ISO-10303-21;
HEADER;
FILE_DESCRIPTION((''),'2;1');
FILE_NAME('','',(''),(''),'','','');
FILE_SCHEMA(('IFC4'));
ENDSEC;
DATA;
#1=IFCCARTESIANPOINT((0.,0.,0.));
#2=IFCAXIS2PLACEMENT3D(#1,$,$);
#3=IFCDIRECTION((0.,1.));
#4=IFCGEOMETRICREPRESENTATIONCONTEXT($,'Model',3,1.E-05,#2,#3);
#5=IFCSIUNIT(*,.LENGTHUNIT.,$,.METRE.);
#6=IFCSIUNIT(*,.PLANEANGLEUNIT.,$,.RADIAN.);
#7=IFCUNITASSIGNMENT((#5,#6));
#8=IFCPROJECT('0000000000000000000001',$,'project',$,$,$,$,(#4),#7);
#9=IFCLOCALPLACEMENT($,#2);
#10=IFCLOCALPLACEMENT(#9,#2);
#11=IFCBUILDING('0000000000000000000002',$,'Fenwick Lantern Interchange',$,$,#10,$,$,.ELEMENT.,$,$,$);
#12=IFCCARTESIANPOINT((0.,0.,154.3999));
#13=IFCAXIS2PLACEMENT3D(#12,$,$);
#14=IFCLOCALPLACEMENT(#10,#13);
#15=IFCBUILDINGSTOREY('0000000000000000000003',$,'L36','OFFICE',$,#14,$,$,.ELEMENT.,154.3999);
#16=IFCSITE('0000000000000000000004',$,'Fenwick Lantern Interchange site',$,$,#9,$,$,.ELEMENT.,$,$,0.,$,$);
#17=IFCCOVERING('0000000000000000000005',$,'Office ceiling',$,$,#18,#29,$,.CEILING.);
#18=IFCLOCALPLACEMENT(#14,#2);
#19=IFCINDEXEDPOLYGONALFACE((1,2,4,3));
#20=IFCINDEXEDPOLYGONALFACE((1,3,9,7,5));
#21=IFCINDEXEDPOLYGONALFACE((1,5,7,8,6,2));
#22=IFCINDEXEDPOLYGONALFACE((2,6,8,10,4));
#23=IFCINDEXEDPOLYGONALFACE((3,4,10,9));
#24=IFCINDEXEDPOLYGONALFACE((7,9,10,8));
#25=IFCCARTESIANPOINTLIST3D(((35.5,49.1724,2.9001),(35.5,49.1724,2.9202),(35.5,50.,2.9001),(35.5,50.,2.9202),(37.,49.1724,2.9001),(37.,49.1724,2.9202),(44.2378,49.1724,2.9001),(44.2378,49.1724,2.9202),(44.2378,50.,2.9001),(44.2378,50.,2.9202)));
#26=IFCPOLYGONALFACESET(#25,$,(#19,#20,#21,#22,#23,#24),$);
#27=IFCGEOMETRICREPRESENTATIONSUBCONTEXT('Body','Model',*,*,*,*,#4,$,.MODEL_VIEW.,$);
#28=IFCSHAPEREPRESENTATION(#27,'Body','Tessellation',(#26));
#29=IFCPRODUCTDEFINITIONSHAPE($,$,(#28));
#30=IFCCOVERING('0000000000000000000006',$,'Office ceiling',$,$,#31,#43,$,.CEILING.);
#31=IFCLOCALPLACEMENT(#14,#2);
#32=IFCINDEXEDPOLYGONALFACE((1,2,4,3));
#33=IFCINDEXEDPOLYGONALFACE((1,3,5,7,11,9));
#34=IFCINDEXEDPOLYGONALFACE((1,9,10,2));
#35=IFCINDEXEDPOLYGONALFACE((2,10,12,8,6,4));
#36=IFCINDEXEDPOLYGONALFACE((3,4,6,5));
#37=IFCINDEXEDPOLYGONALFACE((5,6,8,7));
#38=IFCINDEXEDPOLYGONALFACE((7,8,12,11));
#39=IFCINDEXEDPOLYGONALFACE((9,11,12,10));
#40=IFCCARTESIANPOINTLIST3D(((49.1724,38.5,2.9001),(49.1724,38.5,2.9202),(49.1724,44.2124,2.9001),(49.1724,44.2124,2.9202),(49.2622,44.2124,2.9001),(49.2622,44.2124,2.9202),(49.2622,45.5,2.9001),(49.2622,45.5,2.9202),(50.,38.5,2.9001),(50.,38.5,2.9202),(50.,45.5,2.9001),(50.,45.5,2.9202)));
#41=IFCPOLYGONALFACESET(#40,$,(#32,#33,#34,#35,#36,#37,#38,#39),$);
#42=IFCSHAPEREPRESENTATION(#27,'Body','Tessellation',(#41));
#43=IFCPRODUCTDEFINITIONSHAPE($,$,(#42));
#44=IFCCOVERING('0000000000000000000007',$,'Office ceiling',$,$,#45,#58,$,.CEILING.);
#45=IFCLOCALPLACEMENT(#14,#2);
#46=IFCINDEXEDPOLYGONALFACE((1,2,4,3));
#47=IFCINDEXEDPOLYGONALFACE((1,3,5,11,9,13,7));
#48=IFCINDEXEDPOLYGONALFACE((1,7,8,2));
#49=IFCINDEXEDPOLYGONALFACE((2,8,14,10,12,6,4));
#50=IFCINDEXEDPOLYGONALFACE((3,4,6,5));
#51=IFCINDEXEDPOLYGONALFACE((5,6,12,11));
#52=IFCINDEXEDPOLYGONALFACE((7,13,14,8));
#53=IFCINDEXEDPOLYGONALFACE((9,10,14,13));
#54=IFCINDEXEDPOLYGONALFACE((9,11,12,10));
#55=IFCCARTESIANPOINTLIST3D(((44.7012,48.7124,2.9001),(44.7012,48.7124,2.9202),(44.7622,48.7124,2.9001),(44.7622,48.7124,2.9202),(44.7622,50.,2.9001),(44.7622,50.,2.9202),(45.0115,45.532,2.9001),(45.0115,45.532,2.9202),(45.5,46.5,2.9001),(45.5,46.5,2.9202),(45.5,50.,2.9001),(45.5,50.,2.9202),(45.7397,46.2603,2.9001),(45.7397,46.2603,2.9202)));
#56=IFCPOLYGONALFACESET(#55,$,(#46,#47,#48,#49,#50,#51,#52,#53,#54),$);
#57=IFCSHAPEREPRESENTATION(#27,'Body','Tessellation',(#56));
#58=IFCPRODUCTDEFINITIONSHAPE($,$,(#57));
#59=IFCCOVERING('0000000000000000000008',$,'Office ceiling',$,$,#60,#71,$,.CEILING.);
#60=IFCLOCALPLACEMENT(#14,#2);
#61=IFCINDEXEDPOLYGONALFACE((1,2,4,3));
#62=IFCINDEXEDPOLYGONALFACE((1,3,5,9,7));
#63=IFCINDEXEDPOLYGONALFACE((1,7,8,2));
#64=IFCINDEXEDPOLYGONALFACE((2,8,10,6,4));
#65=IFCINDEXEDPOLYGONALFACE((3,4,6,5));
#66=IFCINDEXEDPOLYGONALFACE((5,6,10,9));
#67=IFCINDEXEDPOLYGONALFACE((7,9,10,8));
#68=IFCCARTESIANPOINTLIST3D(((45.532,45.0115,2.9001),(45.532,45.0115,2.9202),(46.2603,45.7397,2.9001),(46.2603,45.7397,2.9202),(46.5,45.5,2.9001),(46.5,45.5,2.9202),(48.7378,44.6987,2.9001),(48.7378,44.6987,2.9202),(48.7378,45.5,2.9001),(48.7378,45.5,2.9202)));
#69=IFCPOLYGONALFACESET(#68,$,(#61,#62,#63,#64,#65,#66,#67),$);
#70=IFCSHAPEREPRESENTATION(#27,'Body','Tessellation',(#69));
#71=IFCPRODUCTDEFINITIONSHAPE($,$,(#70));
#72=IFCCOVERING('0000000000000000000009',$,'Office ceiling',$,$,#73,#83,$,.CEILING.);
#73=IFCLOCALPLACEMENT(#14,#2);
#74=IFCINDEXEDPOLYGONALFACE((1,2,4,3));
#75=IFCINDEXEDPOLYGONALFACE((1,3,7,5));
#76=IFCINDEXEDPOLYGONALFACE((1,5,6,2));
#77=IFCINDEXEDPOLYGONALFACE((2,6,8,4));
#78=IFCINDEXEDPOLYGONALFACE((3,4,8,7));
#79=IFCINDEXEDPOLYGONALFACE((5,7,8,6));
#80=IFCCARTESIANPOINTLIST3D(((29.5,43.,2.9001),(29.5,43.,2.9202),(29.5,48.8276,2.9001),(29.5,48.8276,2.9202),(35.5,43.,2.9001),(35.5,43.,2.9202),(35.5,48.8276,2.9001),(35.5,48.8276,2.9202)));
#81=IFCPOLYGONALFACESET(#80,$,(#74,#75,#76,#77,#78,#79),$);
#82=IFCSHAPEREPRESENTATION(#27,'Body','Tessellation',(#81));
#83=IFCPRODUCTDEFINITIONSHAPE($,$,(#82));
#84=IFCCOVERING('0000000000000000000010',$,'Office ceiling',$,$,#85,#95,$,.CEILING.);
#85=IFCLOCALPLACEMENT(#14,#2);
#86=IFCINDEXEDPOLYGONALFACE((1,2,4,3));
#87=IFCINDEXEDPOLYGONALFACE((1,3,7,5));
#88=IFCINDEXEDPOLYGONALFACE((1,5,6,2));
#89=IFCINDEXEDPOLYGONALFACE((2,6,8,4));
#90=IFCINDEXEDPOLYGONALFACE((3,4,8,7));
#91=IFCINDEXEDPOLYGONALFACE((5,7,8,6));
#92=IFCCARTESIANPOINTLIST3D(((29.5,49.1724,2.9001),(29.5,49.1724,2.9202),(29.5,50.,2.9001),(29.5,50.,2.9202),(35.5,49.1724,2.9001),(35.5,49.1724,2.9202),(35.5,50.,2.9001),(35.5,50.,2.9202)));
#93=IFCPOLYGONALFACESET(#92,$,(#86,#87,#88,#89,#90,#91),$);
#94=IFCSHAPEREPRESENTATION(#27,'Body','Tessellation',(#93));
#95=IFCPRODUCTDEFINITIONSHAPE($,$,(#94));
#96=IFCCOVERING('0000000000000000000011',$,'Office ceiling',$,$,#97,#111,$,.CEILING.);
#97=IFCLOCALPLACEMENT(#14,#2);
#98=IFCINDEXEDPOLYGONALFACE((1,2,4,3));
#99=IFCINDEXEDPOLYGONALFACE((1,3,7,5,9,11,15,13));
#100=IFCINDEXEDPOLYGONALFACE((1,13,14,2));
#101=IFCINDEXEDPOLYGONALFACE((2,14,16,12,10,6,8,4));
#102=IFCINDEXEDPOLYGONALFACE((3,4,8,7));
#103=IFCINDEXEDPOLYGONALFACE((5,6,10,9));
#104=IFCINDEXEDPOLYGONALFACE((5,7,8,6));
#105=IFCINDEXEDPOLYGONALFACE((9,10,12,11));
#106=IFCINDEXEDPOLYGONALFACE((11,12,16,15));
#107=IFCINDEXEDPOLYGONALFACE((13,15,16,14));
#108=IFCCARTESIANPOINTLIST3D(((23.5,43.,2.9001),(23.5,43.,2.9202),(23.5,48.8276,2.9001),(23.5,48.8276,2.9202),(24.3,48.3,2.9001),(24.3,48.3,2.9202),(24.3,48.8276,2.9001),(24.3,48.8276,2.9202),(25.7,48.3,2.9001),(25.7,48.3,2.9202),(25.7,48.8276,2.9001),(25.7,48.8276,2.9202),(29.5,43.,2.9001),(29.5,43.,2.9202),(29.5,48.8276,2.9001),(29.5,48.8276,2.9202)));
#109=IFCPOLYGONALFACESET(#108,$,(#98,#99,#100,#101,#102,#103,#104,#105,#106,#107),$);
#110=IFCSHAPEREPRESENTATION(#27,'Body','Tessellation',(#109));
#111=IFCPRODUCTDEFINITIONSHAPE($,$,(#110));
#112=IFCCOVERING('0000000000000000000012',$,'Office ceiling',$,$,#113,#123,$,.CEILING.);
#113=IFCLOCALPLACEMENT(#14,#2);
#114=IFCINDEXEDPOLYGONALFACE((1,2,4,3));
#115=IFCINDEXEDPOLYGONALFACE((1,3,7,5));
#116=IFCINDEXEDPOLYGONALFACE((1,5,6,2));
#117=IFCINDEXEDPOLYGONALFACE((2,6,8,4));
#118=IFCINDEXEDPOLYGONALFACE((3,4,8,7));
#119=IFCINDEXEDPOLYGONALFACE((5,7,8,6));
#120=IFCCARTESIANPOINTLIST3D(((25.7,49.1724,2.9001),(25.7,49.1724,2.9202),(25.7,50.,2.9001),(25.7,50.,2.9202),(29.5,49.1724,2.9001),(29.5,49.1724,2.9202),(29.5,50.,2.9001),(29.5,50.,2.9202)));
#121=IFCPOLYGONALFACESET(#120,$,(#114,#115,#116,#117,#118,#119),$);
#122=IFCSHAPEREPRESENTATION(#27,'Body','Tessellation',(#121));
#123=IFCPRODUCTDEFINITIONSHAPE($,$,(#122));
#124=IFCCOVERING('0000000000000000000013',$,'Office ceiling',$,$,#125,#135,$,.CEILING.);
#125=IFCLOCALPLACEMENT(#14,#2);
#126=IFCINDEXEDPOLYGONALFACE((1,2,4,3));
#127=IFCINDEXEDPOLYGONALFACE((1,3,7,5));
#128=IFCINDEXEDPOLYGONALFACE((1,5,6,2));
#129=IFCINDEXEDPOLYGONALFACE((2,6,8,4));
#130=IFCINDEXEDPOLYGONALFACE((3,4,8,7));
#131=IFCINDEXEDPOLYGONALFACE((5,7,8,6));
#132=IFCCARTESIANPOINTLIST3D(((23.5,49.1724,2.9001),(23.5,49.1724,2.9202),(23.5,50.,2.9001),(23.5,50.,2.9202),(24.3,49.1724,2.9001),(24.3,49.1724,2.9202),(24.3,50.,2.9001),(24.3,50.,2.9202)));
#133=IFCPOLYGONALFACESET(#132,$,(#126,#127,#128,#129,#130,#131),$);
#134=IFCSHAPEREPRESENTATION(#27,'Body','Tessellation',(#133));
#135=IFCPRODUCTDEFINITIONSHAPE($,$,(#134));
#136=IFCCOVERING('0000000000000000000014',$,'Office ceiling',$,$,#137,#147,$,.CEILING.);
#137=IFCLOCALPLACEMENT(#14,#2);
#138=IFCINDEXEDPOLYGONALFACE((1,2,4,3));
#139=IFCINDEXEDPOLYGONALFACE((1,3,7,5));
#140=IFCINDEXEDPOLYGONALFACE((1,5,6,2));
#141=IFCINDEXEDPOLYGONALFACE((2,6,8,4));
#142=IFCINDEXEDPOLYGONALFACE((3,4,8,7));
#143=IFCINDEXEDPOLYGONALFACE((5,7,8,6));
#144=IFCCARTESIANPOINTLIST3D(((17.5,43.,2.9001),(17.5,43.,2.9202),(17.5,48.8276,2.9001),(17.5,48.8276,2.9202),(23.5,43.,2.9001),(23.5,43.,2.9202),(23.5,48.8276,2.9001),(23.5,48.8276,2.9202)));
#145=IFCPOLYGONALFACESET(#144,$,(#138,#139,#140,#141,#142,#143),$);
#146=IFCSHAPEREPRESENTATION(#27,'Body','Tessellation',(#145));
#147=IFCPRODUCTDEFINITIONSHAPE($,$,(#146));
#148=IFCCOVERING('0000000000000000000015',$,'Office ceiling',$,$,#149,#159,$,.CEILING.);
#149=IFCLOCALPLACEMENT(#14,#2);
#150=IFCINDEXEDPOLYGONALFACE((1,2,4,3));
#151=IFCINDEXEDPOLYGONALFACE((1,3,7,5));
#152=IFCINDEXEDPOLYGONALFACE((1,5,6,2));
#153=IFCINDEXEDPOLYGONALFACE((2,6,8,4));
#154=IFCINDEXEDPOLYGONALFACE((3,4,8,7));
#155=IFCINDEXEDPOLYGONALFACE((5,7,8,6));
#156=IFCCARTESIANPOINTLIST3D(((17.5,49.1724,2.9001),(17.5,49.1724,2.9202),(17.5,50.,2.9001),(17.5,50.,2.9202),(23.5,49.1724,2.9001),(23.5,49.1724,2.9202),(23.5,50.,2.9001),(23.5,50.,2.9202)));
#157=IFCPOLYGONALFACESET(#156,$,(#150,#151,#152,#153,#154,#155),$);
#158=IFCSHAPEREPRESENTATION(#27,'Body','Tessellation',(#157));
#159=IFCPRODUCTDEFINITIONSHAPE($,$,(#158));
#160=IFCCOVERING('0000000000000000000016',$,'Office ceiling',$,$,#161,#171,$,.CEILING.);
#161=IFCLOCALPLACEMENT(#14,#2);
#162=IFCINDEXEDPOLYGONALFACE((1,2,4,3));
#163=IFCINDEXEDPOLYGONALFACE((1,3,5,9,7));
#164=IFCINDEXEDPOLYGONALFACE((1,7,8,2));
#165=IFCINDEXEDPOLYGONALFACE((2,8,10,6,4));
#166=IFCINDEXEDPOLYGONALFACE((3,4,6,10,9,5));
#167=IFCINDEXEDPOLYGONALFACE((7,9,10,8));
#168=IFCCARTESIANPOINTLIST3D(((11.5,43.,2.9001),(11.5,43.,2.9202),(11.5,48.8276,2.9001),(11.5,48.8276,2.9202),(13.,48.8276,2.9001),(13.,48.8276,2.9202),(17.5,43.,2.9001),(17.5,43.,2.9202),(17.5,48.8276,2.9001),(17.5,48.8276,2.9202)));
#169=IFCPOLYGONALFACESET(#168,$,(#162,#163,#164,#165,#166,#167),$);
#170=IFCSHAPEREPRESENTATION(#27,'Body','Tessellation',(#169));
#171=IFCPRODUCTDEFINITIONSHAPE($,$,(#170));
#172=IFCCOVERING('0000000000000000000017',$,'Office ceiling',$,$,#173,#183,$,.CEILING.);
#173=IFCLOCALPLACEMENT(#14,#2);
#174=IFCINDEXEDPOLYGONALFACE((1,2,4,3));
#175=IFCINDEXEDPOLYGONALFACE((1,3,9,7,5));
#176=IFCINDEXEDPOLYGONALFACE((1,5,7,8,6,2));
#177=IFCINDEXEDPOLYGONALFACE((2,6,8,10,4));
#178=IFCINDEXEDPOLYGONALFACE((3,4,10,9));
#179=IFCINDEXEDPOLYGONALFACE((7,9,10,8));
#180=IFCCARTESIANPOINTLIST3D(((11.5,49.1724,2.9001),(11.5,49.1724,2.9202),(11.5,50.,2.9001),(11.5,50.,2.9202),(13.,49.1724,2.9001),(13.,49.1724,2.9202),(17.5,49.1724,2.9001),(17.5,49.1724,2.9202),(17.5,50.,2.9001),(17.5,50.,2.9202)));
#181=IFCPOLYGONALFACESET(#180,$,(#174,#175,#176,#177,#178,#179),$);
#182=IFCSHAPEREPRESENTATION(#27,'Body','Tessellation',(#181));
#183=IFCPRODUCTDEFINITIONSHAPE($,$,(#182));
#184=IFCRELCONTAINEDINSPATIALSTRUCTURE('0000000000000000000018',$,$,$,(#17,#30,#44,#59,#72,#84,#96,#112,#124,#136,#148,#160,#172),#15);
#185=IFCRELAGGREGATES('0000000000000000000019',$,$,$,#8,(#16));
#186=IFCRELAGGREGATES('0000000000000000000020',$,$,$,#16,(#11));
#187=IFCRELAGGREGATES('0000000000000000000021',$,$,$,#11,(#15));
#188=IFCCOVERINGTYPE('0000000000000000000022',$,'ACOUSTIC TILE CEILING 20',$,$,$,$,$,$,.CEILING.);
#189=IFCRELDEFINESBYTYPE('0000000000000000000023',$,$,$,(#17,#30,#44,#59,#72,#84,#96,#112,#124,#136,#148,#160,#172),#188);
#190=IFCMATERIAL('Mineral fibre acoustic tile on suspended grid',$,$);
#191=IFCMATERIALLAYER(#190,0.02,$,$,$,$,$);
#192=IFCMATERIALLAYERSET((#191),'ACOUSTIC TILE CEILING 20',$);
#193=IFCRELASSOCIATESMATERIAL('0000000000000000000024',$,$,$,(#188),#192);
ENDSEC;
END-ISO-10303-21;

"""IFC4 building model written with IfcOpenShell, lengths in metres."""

from ifc_helpers import new_model, si_unit, direction, frame, origin, place, context, subcontext, project, spatial, polyline, outline, extrude, material, layer, layer_set, type_object, element, save


model = new_model("IFC4")

# Units and contexts
model_context = context("Model", 3, precision=1e-05, world=origin(), true_north=direction((0.0, 1.0)))
body_context = subcontext(model_context, "Body", "Model", "MODEL_VIEW")
ifc_project = project(units=[si_unit("LENGTHUNIT", "METRE"), si_unit("PLANEANGLEUNIT", "RADIAN")], contexts=[model_context])

# Site, building, storey
site_placement = place(None, origin())
site = spatial("IfcSite", under=ifc_project, at=site_placement, Name="Fenwick Lantern Interchange site", CompositionType="ELEMENT", RefElevation=0.0)
building_placement = place(site_placement, origin())
building = spatial("IfcBuilding", under=site, at=building_placement, Name="Fenwick Lantern Interchange", CompositionType="ELEMENT")
storey_placement = place(building_placement, frame((0.0, 0.0, 154.3999)))
storey = spatial("IfcBuildingStorey", under=building, at=storey_placement, Name="L36", Description="OFFICE", CompositionType="ELEMENT", Elevation=154.3999)

# Coverings
ifc_material = material(Name="Mineral fibre acoustic tile on suspended grid")
ifc_layer = layer(ifc_material, 0.02)
ifc_layer_set = layer_set([ifc_layer], Name="ACOUSTIC TILE CEILING 20")
covering_type = type_object("IfcCoveringType", Name="ACOUSTIC TILE CEILING 20", PredefinedType="CEILING", material=ifc_layer_set)
covering_1_placement = place(storey_placement, frame((0.0, 0.0, 2.9001)))
element("IfcCovering", 1, at=covering_1_placement, inside=storey, type_object=covering_type, Name="Office ceiling", PredefinedType="CEILING", context=body_context, shape_type="SweptSolid", body=[
    extrude(outline(polyline([(35.5, 50.0), (35.5, 49.1724), (37.0, 49.1724), (44.2378, 49.1724), (44.2378, 50.0), (35.5, 50.0)])), origin(), (0.0, 0.0, 1.0), 0.02),
])
covering_2_placement = place(storey_placement, frame((0.0, 0.0, 2.9001)))
element("IfcCovering", 2, at=covering_2_placement, inside=storey, type_object=covering_type, Name="Office ceiling", PredefinedType="CEILING", context=body_context, shape_type="SweptSolid", body=[
    extrude(outline(polyline([(49.2622, 44.2124), (49.1724, 44.2124), (49.1724, 38.5), (50.0, 38.5), (50.0, 45.5), (49.2622, 45.5), (49.2622, 44.2124)])), origin(), (0.0, 0.0, 1.0), 0.02),
])
covering_3_placement = place(storey_placement, frame((0.0, 0.0, 2.9001)))
element("IfcCovering", 3, at=covering_3_placement, inside=storey, type_object=covering_type, Name="Office ceiling", PredefinedType="CEILING", context=body_context, shape_type="SweptSolid", body=[
    extrude(outline(polyline([(44.7622, 48.7124), (44.7012, 48.7124), (45.0115, 45.532), (45.7397, 46.2603), (45.5, 46.5), (45.5, 50.0), (44.7622, 50.0), (44.7622, 48.7124)])), origin(), (0.0, 0.0, 1.0), 0.02),
])
covering_4_placement = place(storey_placement, frame((0.0, 0.0, 2.9001)))
element("IfcCovering", 4, at=covering_4_placement, inside=storey, type_object=covering_type, Name="Office ceiling", PredefinedType="CEILING", context=body_context, shape_type="SweptSolid", body=[
    extrude(outline(polyline([(46.2603, 45.7397), (45.532, 45.0115), (48.7378, 44.6987), (48.7378, 45.5), (46.5, 45.5), (46.2603, 45.7397)])), origin(), (0.0, 0.0, 1.0), 0.02),
])
covering_5_placement = place(storey_placement, frame((0.0, 0.0, 2.9001)))
element("IfcCovering", 5, at=covering_5_placement, inside=storey, type_object=covering_type, Name="Office ceiling", PredefinedType="CEILING", context=body_context, shape_type="SweptSolid", body=[
    extrude(outline(polyline([(35.5, 43.0), (35.5, 48.8276), (29.5, 48.8276), (29.5, 43.0), (35.5, 43.0)])), origin(), (0.0, 0.0, 1.0), 0.02),
])
covering_6_placement = place(storey_placement, frame((0.0, 0.0, 2.9001)))
element("IfcCovering", 6, at=covering_6_placement, inside=storey, type_object=covering_type, Name="Office ceiling", PredefinedType="CEILING", context=body_context, shape_type="SweptSolid", body=[
    extrude(outline(polyline([(29.5, 50.0), (29.5, 49.1724), (35.5, 49.1724), (35.5, 50.0), (29.5, 50.0)])), origin(), (0.0, 0.0, 1.0), 0.02),
])
covering_7_placement = place(storey_placement, frame((0.0, 0.0, 2.9001)))
element("IfcCovering", 7, at=covering_7_placement, inside=storey, type_object=covering_type, Name="Office ceiling", PredefinedType="CEILING", context=body_context, shape_type="SweptSolid", body=[
    extrude(outline(polyline([(29.5, 43.0), (29.5, 48.8276), (25.7, 48.8276), (25.7, 48.3), (24.3, 48.3), (24.3, 48.8276), (23.5, 48.8276), (23.5, 43.0), (29.5, 43.0)])), origin(), (0.0, 0.0, 1.0), 0.02),
])
covering_8_placement = place(storey_placement, frame((0.0, 0.0, 2.9001)))
element("IfcCovering", 8, at=covering_8_placement, inside=storey, type_object=covering_type, Name="Office ceiling", PredefinedType="CEILING", context=body_context, shape_type="SweptSolid", body=[
    extrude(outline(polyline([(29.5, 49.1724), (29.5, 50.0), (25.7, 50.0), (25.7, 49.1724), (29.5, 49.1724)])), origin(), (0.0, 0.0, 1.0), 0.02),
])
covering_9_placement = place(storey_placement, frame((0.0, 0.0, 2.9001)))
element("IfcCovering", 9, at=covering_9_placement, inside=storey, type_object=covering_type, Name="Office ceiling", PredefinedType="CEILING", context=body_context, shape_type="SweptSolid", body=[
    extrude(outline(polyline([(23.5, 50.0), (23.5, 49.1724), (24.3, 49.1724), (24.3, 50.0), (23.5, 50.0)])), origin(), (0.0, 0.0, 1.0), 0.02),
])
covering_10_placement = place(storey_placement, frame((0.0, 0.0, 2.9001)))
element("IfcCovering", 10, at=covering_10_placement, inside=storey, type_object=covering_type, Name="Office ceiling", PredefinedType="CEILING", context=body_context, shape_type="SweptSolid", body=[
    extrude(outline(polyline([(23.5, 43.0), (23.5, 48.8276), (17.5, 48.8276), (17.5, 43.0), (23.5, 43.0)])), origin(), (0.0, 0.0, 1.0), 0.02),
])
covering_11_placement = place(storey_placement, frame((0.0, 0.0, 2.9001)))
element("IfcCovering", 11, at=covering_11_placement, inside=storey, type_object=covering_type, Name="Office ceiling", PredefinedType="CEILING", context=body_context, shape_type="SweptSolid", body=[
    extrude(outline(polyline([(17.5, 50.0), (17.5, 49.1724), (23.5, 49.1724), (23.5, 50.0), (17.5, 50.0)])), origin(), (0.0, 0.0, 1.0), 0.02),
])
covering_12_placement = place(storey_placement, frame((0.0, 0.0, 2.9001)))
element("IfcCovering", 12, at=covering_12_placement, inside=storey, type_object=covering_type, Name="Office ceiling", PredefinedType="CEILING", context=body_context, shape_type="SweptSolid", body=[
    extrude(outline(polyline([(17.5, 43.0), (17.5, 48.8276), (13.0, 48.8276), (11.5, 48.8276), (11.5, 43.0), (17.5, 43.0)])), origin(), (0.0, 0.0, 1.0), 0.02),
])
covering_13_placement = place(storey_placement, frame((0.0, 0.0, 2.9001)))
element("IfcCovering", 13, at=covering_13_placement, inside=storey, type_object=covering_type, Name="Office ceiling", PredefinedType="CEILING", context=body_context, shape_type="SweptSolid", body=[
    extrude(outline(polyline([(11.5, 50.0), (11.5, 49.1724), (13.0, 49.1724), (17.5, 49.1724), (17.5, 50.0), (11.5, 50.0)])), origin(), (0.0, 0.0, 1.0), 0.02),
])

save(model, "model.ifc")
